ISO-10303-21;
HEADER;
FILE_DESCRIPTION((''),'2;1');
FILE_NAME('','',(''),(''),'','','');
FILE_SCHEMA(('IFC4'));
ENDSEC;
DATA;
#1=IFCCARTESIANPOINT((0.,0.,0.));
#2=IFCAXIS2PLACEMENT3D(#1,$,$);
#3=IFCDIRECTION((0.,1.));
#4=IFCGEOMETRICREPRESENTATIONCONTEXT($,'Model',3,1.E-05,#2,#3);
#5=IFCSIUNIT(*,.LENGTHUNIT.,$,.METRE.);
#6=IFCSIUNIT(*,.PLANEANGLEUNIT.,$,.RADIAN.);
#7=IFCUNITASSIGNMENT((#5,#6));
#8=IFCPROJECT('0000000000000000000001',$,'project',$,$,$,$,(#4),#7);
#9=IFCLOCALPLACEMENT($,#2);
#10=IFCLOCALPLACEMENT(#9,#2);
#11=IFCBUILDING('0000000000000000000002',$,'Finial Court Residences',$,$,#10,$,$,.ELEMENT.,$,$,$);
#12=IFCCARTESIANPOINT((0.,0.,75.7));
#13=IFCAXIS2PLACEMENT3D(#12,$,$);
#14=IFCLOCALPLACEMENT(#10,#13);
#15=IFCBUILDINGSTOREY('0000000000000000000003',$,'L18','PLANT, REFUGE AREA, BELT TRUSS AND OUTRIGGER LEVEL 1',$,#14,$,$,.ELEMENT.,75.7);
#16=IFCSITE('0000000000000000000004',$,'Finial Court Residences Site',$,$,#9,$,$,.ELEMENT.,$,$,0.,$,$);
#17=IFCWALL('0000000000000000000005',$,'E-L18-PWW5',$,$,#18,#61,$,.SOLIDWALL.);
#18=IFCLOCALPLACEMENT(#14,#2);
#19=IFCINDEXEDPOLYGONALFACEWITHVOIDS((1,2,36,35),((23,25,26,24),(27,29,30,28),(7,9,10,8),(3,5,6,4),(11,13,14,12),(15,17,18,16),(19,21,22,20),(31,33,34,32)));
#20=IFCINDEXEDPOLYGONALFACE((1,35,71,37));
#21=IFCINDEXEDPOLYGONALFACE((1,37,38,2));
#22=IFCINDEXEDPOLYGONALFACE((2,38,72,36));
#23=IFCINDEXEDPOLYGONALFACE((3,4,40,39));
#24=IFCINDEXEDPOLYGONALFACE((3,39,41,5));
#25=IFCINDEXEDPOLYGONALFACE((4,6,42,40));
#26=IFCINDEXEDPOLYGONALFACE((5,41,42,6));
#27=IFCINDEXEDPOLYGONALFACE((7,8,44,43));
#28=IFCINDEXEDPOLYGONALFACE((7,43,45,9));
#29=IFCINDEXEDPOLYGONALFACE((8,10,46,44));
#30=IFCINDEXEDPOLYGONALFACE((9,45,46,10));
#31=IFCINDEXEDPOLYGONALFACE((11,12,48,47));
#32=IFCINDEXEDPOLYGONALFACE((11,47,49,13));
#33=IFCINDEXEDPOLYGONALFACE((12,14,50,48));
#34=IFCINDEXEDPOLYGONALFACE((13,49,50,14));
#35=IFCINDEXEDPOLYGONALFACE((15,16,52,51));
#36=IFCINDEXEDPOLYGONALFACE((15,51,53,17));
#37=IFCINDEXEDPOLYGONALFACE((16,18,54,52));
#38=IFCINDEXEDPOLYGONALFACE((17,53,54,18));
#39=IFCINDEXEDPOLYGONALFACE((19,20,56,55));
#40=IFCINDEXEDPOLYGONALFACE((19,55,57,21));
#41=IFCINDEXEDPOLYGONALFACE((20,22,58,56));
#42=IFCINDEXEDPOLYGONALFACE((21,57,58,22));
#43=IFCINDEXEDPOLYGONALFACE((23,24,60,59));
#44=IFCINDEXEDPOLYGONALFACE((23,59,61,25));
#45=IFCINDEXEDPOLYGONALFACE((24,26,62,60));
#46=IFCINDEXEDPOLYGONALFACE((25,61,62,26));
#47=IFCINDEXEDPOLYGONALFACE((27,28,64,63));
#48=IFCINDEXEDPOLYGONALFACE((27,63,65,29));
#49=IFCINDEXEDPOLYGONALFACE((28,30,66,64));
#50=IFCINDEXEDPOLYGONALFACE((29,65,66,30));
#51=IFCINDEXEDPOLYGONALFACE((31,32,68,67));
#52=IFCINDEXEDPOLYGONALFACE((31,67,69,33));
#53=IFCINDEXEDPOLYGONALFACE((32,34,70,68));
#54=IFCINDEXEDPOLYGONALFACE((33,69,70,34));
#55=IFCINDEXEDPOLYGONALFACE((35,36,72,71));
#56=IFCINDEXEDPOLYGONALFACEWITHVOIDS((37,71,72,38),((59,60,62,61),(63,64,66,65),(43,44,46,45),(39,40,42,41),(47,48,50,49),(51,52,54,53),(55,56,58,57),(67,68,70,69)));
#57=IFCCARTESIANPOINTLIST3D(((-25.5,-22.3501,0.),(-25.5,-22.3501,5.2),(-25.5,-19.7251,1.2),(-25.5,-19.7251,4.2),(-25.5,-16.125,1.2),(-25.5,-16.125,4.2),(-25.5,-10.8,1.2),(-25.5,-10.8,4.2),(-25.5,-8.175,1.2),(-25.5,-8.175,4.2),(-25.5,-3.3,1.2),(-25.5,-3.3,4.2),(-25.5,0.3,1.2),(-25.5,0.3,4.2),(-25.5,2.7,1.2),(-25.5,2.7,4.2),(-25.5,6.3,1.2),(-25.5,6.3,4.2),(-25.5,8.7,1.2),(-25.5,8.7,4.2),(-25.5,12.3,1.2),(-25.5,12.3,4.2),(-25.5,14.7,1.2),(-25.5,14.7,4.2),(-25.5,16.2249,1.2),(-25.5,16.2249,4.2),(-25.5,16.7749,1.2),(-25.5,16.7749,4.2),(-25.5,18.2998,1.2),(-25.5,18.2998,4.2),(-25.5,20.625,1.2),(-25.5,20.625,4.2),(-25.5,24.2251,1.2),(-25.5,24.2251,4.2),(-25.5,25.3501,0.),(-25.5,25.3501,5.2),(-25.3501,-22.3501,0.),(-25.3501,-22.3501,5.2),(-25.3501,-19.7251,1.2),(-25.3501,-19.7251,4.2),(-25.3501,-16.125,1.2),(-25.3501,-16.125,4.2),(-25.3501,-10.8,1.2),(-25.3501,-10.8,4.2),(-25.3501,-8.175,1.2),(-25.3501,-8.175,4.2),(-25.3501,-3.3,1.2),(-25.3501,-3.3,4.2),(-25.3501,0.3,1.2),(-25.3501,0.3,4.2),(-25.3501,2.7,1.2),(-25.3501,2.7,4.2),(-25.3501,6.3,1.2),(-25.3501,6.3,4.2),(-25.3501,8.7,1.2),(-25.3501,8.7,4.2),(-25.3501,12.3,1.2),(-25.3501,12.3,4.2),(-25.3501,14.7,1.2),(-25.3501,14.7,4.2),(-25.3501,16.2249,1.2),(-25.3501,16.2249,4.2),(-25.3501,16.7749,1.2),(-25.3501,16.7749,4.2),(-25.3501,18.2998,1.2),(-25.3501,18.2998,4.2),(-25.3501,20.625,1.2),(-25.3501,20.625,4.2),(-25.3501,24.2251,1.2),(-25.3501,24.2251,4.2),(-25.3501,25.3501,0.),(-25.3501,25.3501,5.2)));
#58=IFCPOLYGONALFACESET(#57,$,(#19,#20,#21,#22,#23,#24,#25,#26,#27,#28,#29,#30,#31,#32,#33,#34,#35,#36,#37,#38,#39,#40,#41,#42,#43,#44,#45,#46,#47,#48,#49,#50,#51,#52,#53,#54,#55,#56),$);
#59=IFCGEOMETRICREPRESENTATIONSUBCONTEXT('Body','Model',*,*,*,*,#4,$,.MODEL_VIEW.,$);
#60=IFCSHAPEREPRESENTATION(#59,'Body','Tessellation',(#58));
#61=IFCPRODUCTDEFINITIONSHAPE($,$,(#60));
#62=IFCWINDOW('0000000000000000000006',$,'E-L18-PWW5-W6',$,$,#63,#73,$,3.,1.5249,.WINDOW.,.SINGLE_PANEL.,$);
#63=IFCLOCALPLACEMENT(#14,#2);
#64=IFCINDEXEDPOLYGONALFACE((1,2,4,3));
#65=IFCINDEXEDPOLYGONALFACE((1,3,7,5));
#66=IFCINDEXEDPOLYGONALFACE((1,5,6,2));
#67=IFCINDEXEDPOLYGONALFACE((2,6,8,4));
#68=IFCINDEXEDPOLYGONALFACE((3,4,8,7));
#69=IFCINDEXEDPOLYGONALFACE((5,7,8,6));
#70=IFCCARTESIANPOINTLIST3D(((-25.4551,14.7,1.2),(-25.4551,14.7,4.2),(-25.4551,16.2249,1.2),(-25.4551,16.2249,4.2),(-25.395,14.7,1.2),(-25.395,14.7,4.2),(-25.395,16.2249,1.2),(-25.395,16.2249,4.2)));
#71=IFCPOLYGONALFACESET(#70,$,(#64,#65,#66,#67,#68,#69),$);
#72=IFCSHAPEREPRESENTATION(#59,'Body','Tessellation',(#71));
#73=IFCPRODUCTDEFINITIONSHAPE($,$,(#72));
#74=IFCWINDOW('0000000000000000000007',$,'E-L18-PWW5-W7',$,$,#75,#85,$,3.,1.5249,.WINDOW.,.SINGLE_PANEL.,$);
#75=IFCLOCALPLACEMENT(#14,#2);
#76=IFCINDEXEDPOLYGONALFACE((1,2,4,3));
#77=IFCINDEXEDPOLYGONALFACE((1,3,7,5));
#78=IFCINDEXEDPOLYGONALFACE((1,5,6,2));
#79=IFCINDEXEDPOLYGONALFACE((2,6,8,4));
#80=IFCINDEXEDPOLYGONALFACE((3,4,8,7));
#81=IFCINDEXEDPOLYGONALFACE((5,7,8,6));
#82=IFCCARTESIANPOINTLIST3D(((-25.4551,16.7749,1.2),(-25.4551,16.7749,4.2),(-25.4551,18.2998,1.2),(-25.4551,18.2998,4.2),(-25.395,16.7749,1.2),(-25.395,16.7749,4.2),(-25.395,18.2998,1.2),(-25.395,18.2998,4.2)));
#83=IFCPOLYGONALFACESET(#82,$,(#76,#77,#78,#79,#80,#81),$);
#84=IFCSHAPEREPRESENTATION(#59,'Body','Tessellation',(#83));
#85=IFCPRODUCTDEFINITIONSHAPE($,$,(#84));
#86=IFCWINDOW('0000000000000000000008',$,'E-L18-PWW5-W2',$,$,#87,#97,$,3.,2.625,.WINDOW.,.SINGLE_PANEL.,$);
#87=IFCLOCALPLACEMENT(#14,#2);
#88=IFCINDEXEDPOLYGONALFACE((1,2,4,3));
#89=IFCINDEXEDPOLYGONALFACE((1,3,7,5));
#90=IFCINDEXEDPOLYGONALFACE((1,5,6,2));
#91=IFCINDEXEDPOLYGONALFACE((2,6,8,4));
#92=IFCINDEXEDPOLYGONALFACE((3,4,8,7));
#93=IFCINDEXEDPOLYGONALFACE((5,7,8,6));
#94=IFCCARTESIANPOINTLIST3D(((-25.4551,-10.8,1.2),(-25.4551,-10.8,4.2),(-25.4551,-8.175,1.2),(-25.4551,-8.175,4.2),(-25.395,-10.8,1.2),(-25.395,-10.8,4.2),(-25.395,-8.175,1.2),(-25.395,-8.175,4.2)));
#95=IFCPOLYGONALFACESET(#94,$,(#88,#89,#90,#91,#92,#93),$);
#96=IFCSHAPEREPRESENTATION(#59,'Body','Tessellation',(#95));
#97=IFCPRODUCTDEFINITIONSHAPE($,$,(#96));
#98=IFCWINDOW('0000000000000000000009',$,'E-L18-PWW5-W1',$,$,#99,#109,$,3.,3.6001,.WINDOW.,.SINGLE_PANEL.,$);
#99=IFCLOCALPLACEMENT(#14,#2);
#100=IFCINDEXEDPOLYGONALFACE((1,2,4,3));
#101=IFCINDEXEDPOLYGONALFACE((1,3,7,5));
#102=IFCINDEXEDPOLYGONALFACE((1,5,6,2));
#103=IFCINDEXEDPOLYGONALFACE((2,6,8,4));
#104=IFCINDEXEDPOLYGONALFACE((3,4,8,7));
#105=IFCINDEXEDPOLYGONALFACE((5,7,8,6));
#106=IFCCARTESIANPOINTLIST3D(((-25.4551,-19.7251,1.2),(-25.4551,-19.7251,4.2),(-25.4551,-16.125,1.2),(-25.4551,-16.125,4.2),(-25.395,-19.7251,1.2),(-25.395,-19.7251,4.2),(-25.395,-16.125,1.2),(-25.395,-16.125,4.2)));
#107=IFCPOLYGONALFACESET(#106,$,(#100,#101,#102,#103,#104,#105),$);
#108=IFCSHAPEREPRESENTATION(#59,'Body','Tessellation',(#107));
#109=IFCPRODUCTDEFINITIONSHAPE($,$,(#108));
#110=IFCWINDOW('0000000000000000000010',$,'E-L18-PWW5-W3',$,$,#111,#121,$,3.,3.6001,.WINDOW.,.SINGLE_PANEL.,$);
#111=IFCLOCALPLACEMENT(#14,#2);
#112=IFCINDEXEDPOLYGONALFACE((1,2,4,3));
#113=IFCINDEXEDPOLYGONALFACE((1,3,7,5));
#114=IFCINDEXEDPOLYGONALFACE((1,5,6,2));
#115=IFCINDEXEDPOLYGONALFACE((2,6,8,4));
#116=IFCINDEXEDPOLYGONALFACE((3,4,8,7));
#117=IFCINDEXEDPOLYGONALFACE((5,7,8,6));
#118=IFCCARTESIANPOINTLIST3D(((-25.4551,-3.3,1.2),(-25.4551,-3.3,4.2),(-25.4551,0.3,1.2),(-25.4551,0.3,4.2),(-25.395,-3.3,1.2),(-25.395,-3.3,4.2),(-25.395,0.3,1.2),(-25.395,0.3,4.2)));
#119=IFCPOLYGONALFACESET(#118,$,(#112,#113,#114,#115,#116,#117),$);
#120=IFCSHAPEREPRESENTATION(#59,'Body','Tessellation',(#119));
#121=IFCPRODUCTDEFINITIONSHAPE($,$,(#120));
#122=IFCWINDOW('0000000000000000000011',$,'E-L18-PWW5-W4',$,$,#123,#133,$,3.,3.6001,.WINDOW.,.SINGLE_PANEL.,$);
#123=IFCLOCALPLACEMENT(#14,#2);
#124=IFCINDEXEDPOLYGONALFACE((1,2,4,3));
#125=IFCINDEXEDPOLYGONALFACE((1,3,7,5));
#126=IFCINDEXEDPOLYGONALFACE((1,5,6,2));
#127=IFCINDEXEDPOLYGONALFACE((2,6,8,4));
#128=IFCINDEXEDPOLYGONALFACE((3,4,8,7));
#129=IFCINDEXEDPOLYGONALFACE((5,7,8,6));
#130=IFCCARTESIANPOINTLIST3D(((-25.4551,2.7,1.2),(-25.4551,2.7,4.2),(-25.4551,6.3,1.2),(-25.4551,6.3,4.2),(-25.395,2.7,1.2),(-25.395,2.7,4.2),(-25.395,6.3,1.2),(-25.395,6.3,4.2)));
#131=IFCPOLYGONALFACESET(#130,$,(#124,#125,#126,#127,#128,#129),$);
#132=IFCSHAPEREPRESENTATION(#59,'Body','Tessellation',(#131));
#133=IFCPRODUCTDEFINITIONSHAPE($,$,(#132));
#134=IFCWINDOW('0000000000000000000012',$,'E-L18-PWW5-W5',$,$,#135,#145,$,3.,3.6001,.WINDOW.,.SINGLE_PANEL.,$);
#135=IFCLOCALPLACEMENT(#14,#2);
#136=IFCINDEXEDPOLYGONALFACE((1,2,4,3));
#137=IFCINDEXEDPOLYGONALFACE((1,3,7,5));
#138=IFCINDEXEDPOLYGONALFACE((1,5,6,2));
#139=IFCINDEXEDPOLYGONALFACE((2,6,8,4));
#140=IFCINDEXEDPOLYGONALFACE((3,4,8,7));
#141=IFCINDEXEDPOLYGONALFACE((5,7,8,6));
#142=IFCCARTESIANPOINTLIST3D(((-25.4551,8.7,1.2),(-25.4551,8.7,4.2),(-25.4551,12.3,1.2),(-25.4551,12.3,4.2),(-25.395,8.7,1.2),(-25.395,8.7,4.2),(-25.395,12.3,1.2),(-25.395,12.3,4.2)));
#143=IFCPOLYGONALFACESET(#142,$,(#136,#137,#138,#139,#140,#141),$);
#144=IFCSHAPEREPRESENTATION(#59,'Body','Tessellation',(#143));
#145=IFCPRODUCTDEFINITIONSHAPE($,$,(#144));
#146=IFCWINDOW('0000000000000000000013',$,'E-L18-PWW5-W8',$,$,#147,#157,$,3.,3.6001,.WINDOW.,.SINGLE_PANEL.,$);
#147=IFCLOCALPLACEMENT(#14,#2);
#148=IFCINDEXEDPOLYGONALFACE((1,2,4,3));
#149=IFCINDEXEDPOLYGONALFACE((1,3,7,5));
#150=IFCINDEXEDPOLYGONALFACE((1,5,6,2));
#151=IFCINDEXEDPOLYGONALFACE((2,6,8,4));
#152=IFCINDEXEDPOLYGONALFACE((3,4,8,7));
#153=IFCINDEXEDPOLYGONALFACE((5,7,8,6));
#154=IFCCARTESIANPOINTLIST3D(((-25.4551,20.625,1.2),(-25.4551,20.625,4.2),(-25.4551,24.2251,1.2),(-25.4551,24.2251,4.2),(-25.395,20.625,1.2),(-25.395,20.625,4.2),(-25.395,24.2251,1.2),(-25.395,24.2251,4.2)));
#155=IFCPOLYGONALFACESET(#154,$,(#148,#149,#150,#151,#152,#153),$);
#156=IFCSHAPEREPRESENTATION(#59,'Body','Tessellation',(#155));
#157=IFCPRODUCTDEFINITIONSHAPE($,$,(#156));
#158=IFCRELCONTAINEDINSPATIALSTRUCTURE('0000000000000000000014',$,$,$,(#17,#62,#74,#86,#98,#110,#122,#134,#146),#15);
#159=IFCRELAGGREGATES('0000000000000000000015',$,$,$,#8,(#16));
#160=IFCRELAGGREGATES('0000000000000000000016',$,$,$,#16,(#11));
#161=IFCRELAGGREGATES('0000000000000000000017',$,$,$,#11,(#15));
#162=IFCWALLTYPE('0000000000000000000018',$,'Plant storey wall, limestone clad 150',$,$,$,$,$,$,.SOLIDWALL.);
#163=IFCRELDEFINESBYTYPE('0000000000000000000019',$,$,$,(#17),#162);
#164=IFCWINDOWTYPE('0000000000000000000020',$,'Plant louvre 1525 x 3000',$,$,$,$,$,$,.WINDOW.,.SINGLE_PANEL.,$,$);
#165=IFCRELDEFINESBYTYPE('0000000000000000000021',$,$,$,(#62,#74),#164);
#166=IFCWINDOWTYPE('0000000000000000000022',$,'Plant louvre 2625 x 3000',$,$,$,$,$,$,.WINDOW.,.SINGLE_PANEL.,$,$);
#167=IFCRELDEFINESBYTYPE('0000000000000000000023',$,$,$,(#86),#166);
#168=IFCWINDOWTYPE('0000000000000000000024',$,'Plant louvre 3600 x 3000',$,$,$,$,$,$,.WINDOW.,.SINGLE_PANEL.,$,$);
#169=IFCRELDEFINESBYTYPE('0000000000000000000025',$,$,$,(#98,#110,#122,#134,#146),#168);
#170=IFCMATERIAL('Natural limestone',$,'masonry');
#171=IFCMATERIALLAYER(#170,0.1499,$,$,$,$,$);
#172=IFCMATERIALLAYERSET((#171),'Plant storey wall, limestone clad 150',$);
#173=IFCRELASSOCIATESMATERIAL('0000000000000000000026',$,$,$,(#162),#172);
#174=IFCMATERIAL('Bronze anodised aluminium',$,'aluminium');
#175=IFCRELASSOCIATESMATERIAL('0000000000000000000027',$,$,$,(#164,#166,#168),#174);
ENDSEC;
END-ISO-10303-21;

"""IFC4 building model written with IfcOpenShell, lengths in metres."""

from ifc_helpers import new_model, si_unit, direction, frame, frame_2d, origin, place, context, subcontext, project, spatial, rectangle, extrude, material, layer, layer_set, type_object, element, fill, save


model = new_model("IFC4")

# Units and contexts
model_context = context("Model", 3, precision=1e-05, world=origin(), true_north=direction((0.0, 1.0)))
body_context = subcontext(model_context, "Body", "Model", "MODEL_VIEW")
ifc_project = project(units=[si_unit("LENGTHUNIT", "METRE"), si_unit("PLANEANGLEUNIT", "RADIAN")], contexts=[model_context])

# Site, building, storey
site_placement = place(None, origin())
site = spatial("IfcSite", under=ifc_project, at=site_placement, Name="Finial Court Residences Site", CompositionType="ELEMENT", RefElevation=0.0)
building_placement = place(site_placement, origin())
building = spatial("IfcBuilding", under=site, at=building_placement, Name="Finial Court Residences", CompositionType="ELEMENT")
storey_placement = place(building_placement, frame((0.0, 0.0, 75.7)))
storey = spatial("IfcBuildingStorey", under=building, at=storey_placement, Name="L18", Description="PLANT, REFUGE AREA, BELT TRUSS AND OUTRIGGER LEVEL 1", CompositionType="ELEMENT", Elevation=75.7)

# Wall, openings, windows
ifc_material_1 = material(Name="Natural limestone", Category="masonry")
ifc_layer = layer(ifc_material_1, 0.1499)
ifc_layer_set = layer_set([ifc_layer], Name="Plant storey wall, limestone clad 150")
wall_type = type_object("IfcWallType", Name="Plant storey wall, limestone clad 150", PredefinedType="SOLIDWALL", material=ifc_layer_set)
wall_1_placement = place(storey_placement, frame((-25.425, -22.3501, 0.0), z_axis=(0.0, 0.0, 1.0), x_axis=(0.0, 1.0, 0.0)))
wall_1 = element("IfcWall", 1, at=wall_1_placement, inside=storey, type_object=wall_type, Name="E-L18-PWW5", PredefinedType="SOLIDWALL", context=body_context, shape_type="SweptSolid", body=[
    extrude(rectangle(XDim=47.7002, YDim=0.1499, at=frame_2d((23.8501, 0.0))), origin(), (0.0, 0.0, 1.0), 5.2),
])
opening_1_placement = place(wall_1_placement, frame((2.625, 0.0, 1.2)))
opening_1 = element("IfcOpeningElement", 2, at=opening_1_placement, cuts=wall_1, PredefinedType="OPENING", context=body_context, shape_type="SweptSolid", body=[
    extrude(rectangle(XDim=3.6001, YDim=3.0, at=frame_2d((1.8, 1.5))), frame((0.0, 0.085, 0.0), z_axis=(0.0, -1.0, 0.0), x_axis=(1.0, 0.0, 0.0)), (0.0, 0.0, 1.0), 0.1699),
])
opening_2_placement = place(wall_1_placement, frame((11.55, 0.0, 1.2)))
opening_2 = element("IfcOpeningElement", 3, at=opening_2_placement, cuts=wall_1, PredefinedType="OPENING", context=body_context, shape_type="SweptSolid", body=[
    extrude(rectangle(XDim=2.625, YDim=3.0, at=frame_2d((1.3125, 1.5))), frame((0.0, 0.085, 0.0), z_axis=(0.0, -1.0, 0.0), x_axis=(1.0, 0.0, 0.0)), (0.0, 0.0, 1.0), 0.1699),
])
opening_3_placement = place(wall_1_placement, frame((19.05, 0.0, 1.2)))
opening_3 = element("IfcOpeningElement", 4, at=opening_3_placement, cuts=wall_1, PredefinedType="OPENING", context=body_context, shape_type="SweptSolid", body=[
    extrude(rectangle(XDim=3.6001, YDim=3.0, at=frame_2d((1.8, 1.5))), frame((0.0, 0.085, 0.0), z_axis=(0.0, -1.0, 0.0), x_axis=(1.0, 0.0, 0.0)), (0.0, 0.0, 1.0), 0.1699),
])
opening_4_placement = place(wall_1_placement, frame((25.05, 0.0, 1.2)))
opening_4 = element("IfcOpeningElement", 5, at=opening_4_placement, cuts=wall_1, PredefinedType="OPENING", context=body_context, shape_type="SweptSolid", body=[
    extrude(rectangle(XDim=3.6001, YDim=3.0, at=frame_2d((1.8, 1.5))), frame((0.0, 0.085, 0.0), z_axis=(0.0, -1.0, 0.0), x_axis=(1.0, 0.0, 0.0)), (0.0, 0.0, 1.0), 0.1699),
])
opening_5_placement = place(wall_1_placement, frame((31.05, 0.0, 1.2)))
opening_5 = element("IfcOpeningElement", 6, at=opening_5_placement, cuts=wall_1, PredefinedType="OPENING", context=body_context, shape_type="SweptSolid", body=[
    extrude(rectangle(XDim=3.6001, YDim=3.0, at=frame_2d((1.8, 1.5))), frame((0.0, 0.085, 0.0), z_axis=(0.0, -1.0, 0.0), x_axis=(1.0, 0.0, 0.0)), (0.0, 0.0, 1.0), 0.1699),
])
opening_6_placement = place(wall_1_placement, frame((37.05, 0.0, 1.2)))
opening_6 = element("IfcOpeningElement", 7, at=opening_6_placement, cuts=wall_1, PredefinedType="OPENING", context=body_context, shape_type="SweptSolid", body=[
    extrude(rectangle(XDim=1.5249, YDim=3.0, at=frame_2d((0.7625, 1.5))), frame((0.0, 0.085, 0.0), z_axis=(0.0, -1.0, 0.0), x_axis=(1.0, 0.0, 0.0)), (0.0, 0.0, 1.0), 0.1699),
])
opening_7_placement = place(wall_1_placement, frame((39.125, 0.0, 1.2)))
opening_7 = element("IfcOpeningElement", 8, at=opening_7_placement, cuts=wall_1, PredefinedType="OPENING", context=body_context, shape_type="SweptSolid", body=[
    extrude(rectangle(XDim=1.5249, YDim=3.0, at=frame_2d((0.7625, 1.5))), frame((0.0, 0.085, 0.0), z_axis=(0.0, -1.0, 0.0), x_axis=(1.0, 0.0, 0.0)), (0.0, 0.0, 1.0), 0.1699),
])
opening_8_placement = place(wall_1_placement, frame((42.9751, 0.0, 1.2)))
opening_8 = element("IfcOpeningElement", 9, at=opening_8_placement, cuts=wall_1, PredefinedType="OPENING", context=body_context, shape_type="SweptSolid", body=[
    extrude(rectangle(XDim=3.6001, YDim=3.0, at=frame_2d((1.8, 1.5))), frame((0.0, 0.085, 0.0), z_axis=(0.0, -1.0, 0.0), x_axis=(1.0, 0.0, 0.0)), (0.0, 0.0, 1.0), 0.1699),
])
ifc_material_2 = material(Name="Bronze anodised aluminium", Category="aluminium")
window_type_1 = type_object("IfcWindowType", Name="Plant louvre 1525 x 3000", PartitioningType="SINGLE_PANEL", PredefinedType="WINDOW", material=ifc_material_2)
window_1_placement = place(opening_6_placement, origin())
window_1 = element("IfcWindow", 10, at=window_1_placement, inside=storey, type_object=window_type_1, Name="E-L18-PWW5-W6", OverallHeight=3.0, OverallWidth=1.5249, PartitioningType="SINGLE_PANEL", PredefinedType="WINDOW", context=body_context, shape_type="SweptSolid", body=[
    extrude(rectangle(XDim=1.5249, YDim=3.0, at=frame_2d((0.7625, 1.5))), frame((0.0, 0.03, 0.0), z_axis=(0.0, -1.0, 0.0), x_axis=(1.0, 0.0, 0.0)), (0.0, 0.0, 1.0), 0.0601),
])
fill(opening_6, window_1)
window_2_placement = place(opening_7_placement, origin())
window_2 = element("IfcWindow", 11, at=window_2_placement, inside=storey, type_object=window_type_1, Name="E-L18-PWW5-W7", OverallHeight=3.0, OverallWidth=1.5249, PartitioningType="SINGLE_PANEL", PredefinedType="WINDOW", context=body_context, shape_type="SweptSolid", body=[
    extrude(rectangle(XDim=1.5249, YDim=3.0, at=frame_2d((0.7625, 1.5))), frame((0.0, 0.03, 0.0), z_axis=(0.0, -1.0, 0.0), x_axis=(1.0, 0.0, 0.0)), (0.0, 0.0, 1.0), 0.0601),
])
fill(opening_7, window_2)
window_type_2 = type_object("IfcWindowType", Name="Plant louvre 2625 x 3000", PartitioningType="SINGLE_PANEL", PredefinedType="WINDOW", material=ifc_material_2)
window_3_placement = place(opening_2_placement, origin())
window_3 = element("IfcWindow", 12, at=window_3_placement, inside=storey, type_object=window_type_2, Name="E-L18-PWW5-W2", OverallHeight=3.0, OverallWidth=2.625, PartitioningType="SINGLE_PANEL", PredefinedType="WINDOW", context=body_context, shape_type="SweptSolid", body=[
    extrude(rectangle(XDim=2.625, YDim=3.0, at=frame_2d((1.3125, 1.5))), frame((0.0, 0.03, 0.0), z_axis=(0.0, -1.0, 0.0), x_axis=(1.0, 0.0, 0.0)), (0.0, 0.0, 1.0), 0.0601),
])
fill(opening_2, window_3)
window_type_3 = type_object("IfcWindowType", Name="Plant louvre 3600 x 3000", PartitioningType="SINGLE_PANEL", PredefinedType="WINDOW", material=ifc_material_2)
window_4_placement = place(opening_1_placement, origin())
window_4 = element("IfcWindow", 13, at=window_4_placement, inside=storey, type_object=window_type_3, Name="E-L18-PWW5-W1", OverallHeight=3.0, OverallWidth=3.6001, PartitioningType="SINGLE_PANEL", PredefinedType="WINDOW", context=body_context, shape_type="SweptSolid", body=[
    extrude(rectangle(XDim=3.6001, YDim=3.0, at=frame_2d((1.8, 1.5))), frame((0.0, 0.03, 0.0), z_axis=(0.0, -1.0, 0.0), x_axis=(1.0, 0.0, 0.0)), (0.0, 0.0, 1.0), 0.0601),
])
fill(opening_1, window_4)
window_5_placement = place(opening_3_placement, origin())
window_5 = element("IfcWindow", 14, at=window_5_placement, inside=storey, type_object=window_type_3, Name="E-L18-PWW5-W3", OverallHeight=3.0, OverallWidth=3.6001, PartitioningType="SINGLE_PANEL", PredefinedType="WINDOW", context=body_context, shape_type="SweptSolid", body=[
    extrude(rectangle(XDim=3.6001, YDim=3.0, at=frame_2d((1.8, 1.5))), frame((0.0, 0.03, 0.0), z_axis=(0.0, -1.0, 0.0), x_axis=(1.0, 0.0, 0.0)), (0.0, 0.0, 1.0), 0.0601),
])
fill(opening_3, window_5)
window_6_placement = place(opening_4_placement, origin())
window_6 = element("IfcWindow", 15, at=window_6_placement, inside=storey, type_object=window_type_3, Name="E-L18-PWW5-W4", OverallHeight=3.0, OverallWidth=3.6001, PartitioningType="SINGLE_PANEL", PredefinedType="WINDOW", context=body_context, shape_type="SweptSolid", body=[
    extrude(rectangle(XDim=3.6001, YDim=3.0, at=frame_2d((1.8, 1.5))), frame((0.0, 0.03, 0.0), z_axis=(0.0, -1.0, 0.0), x_axis=(1.0, 0.0, 0.0)), (0.0, 0.0, 1.0), 0.0601),
])
fill(opening_4, window_6)
window_7_placement = place(opening_5_placement, origin())
window_7 = element("IfcWindow", 16, at=window_7_placement, inside=storey, type_object=window_type_3, Name="E-L18-PWW5-W5", OverallHeight=3.0, OverallWidth=3.6001, PartitioningType="SINGLE_PANEL", PredefinedType="WINDOW", context=body_context, shape_type="SweptSolid", body=[
    extrude(rectangle(XDim=3.6001, YDim=3.0, at=frame_2d((1.8, 1.5))), frame((0.0, 0.03, 0.0), z_axis=(0.0, -1.0, 0.0), x_axis=(1.0, 0.0, 0.0)), (0.0, 0.0, 1.0), 0.0601),
])
fill(opening_5, window_7)
window_8_placement = place(opening_8_placement, origin())
window_8 = element("IfcWindow", 17, at=window_8_placement, inside=storey, type_object=window_type_3, Name="E-L18-PWW5-W8", OverallHeight=3.0, OverallWidth=3.6001, PartitioningType="SINGLE_PANEL", PredefinedType="WINDOW", context=body_context, shape_type="SweptSolid", body=[
    extrude(rectangle(XDim=3.6001, YDim=3.0, at=frame_2d((1.8, 1.5))), frame((0.0, 0.03, 0.0), z_axis=(0.0, -1.0, 0.0), x_axis=(1.0, 0.0, 0.0)), (0.0, 0.0, 1.0), 0.0601),
])
fill(opening_8, window_8)

save(model, "model.ifc")
